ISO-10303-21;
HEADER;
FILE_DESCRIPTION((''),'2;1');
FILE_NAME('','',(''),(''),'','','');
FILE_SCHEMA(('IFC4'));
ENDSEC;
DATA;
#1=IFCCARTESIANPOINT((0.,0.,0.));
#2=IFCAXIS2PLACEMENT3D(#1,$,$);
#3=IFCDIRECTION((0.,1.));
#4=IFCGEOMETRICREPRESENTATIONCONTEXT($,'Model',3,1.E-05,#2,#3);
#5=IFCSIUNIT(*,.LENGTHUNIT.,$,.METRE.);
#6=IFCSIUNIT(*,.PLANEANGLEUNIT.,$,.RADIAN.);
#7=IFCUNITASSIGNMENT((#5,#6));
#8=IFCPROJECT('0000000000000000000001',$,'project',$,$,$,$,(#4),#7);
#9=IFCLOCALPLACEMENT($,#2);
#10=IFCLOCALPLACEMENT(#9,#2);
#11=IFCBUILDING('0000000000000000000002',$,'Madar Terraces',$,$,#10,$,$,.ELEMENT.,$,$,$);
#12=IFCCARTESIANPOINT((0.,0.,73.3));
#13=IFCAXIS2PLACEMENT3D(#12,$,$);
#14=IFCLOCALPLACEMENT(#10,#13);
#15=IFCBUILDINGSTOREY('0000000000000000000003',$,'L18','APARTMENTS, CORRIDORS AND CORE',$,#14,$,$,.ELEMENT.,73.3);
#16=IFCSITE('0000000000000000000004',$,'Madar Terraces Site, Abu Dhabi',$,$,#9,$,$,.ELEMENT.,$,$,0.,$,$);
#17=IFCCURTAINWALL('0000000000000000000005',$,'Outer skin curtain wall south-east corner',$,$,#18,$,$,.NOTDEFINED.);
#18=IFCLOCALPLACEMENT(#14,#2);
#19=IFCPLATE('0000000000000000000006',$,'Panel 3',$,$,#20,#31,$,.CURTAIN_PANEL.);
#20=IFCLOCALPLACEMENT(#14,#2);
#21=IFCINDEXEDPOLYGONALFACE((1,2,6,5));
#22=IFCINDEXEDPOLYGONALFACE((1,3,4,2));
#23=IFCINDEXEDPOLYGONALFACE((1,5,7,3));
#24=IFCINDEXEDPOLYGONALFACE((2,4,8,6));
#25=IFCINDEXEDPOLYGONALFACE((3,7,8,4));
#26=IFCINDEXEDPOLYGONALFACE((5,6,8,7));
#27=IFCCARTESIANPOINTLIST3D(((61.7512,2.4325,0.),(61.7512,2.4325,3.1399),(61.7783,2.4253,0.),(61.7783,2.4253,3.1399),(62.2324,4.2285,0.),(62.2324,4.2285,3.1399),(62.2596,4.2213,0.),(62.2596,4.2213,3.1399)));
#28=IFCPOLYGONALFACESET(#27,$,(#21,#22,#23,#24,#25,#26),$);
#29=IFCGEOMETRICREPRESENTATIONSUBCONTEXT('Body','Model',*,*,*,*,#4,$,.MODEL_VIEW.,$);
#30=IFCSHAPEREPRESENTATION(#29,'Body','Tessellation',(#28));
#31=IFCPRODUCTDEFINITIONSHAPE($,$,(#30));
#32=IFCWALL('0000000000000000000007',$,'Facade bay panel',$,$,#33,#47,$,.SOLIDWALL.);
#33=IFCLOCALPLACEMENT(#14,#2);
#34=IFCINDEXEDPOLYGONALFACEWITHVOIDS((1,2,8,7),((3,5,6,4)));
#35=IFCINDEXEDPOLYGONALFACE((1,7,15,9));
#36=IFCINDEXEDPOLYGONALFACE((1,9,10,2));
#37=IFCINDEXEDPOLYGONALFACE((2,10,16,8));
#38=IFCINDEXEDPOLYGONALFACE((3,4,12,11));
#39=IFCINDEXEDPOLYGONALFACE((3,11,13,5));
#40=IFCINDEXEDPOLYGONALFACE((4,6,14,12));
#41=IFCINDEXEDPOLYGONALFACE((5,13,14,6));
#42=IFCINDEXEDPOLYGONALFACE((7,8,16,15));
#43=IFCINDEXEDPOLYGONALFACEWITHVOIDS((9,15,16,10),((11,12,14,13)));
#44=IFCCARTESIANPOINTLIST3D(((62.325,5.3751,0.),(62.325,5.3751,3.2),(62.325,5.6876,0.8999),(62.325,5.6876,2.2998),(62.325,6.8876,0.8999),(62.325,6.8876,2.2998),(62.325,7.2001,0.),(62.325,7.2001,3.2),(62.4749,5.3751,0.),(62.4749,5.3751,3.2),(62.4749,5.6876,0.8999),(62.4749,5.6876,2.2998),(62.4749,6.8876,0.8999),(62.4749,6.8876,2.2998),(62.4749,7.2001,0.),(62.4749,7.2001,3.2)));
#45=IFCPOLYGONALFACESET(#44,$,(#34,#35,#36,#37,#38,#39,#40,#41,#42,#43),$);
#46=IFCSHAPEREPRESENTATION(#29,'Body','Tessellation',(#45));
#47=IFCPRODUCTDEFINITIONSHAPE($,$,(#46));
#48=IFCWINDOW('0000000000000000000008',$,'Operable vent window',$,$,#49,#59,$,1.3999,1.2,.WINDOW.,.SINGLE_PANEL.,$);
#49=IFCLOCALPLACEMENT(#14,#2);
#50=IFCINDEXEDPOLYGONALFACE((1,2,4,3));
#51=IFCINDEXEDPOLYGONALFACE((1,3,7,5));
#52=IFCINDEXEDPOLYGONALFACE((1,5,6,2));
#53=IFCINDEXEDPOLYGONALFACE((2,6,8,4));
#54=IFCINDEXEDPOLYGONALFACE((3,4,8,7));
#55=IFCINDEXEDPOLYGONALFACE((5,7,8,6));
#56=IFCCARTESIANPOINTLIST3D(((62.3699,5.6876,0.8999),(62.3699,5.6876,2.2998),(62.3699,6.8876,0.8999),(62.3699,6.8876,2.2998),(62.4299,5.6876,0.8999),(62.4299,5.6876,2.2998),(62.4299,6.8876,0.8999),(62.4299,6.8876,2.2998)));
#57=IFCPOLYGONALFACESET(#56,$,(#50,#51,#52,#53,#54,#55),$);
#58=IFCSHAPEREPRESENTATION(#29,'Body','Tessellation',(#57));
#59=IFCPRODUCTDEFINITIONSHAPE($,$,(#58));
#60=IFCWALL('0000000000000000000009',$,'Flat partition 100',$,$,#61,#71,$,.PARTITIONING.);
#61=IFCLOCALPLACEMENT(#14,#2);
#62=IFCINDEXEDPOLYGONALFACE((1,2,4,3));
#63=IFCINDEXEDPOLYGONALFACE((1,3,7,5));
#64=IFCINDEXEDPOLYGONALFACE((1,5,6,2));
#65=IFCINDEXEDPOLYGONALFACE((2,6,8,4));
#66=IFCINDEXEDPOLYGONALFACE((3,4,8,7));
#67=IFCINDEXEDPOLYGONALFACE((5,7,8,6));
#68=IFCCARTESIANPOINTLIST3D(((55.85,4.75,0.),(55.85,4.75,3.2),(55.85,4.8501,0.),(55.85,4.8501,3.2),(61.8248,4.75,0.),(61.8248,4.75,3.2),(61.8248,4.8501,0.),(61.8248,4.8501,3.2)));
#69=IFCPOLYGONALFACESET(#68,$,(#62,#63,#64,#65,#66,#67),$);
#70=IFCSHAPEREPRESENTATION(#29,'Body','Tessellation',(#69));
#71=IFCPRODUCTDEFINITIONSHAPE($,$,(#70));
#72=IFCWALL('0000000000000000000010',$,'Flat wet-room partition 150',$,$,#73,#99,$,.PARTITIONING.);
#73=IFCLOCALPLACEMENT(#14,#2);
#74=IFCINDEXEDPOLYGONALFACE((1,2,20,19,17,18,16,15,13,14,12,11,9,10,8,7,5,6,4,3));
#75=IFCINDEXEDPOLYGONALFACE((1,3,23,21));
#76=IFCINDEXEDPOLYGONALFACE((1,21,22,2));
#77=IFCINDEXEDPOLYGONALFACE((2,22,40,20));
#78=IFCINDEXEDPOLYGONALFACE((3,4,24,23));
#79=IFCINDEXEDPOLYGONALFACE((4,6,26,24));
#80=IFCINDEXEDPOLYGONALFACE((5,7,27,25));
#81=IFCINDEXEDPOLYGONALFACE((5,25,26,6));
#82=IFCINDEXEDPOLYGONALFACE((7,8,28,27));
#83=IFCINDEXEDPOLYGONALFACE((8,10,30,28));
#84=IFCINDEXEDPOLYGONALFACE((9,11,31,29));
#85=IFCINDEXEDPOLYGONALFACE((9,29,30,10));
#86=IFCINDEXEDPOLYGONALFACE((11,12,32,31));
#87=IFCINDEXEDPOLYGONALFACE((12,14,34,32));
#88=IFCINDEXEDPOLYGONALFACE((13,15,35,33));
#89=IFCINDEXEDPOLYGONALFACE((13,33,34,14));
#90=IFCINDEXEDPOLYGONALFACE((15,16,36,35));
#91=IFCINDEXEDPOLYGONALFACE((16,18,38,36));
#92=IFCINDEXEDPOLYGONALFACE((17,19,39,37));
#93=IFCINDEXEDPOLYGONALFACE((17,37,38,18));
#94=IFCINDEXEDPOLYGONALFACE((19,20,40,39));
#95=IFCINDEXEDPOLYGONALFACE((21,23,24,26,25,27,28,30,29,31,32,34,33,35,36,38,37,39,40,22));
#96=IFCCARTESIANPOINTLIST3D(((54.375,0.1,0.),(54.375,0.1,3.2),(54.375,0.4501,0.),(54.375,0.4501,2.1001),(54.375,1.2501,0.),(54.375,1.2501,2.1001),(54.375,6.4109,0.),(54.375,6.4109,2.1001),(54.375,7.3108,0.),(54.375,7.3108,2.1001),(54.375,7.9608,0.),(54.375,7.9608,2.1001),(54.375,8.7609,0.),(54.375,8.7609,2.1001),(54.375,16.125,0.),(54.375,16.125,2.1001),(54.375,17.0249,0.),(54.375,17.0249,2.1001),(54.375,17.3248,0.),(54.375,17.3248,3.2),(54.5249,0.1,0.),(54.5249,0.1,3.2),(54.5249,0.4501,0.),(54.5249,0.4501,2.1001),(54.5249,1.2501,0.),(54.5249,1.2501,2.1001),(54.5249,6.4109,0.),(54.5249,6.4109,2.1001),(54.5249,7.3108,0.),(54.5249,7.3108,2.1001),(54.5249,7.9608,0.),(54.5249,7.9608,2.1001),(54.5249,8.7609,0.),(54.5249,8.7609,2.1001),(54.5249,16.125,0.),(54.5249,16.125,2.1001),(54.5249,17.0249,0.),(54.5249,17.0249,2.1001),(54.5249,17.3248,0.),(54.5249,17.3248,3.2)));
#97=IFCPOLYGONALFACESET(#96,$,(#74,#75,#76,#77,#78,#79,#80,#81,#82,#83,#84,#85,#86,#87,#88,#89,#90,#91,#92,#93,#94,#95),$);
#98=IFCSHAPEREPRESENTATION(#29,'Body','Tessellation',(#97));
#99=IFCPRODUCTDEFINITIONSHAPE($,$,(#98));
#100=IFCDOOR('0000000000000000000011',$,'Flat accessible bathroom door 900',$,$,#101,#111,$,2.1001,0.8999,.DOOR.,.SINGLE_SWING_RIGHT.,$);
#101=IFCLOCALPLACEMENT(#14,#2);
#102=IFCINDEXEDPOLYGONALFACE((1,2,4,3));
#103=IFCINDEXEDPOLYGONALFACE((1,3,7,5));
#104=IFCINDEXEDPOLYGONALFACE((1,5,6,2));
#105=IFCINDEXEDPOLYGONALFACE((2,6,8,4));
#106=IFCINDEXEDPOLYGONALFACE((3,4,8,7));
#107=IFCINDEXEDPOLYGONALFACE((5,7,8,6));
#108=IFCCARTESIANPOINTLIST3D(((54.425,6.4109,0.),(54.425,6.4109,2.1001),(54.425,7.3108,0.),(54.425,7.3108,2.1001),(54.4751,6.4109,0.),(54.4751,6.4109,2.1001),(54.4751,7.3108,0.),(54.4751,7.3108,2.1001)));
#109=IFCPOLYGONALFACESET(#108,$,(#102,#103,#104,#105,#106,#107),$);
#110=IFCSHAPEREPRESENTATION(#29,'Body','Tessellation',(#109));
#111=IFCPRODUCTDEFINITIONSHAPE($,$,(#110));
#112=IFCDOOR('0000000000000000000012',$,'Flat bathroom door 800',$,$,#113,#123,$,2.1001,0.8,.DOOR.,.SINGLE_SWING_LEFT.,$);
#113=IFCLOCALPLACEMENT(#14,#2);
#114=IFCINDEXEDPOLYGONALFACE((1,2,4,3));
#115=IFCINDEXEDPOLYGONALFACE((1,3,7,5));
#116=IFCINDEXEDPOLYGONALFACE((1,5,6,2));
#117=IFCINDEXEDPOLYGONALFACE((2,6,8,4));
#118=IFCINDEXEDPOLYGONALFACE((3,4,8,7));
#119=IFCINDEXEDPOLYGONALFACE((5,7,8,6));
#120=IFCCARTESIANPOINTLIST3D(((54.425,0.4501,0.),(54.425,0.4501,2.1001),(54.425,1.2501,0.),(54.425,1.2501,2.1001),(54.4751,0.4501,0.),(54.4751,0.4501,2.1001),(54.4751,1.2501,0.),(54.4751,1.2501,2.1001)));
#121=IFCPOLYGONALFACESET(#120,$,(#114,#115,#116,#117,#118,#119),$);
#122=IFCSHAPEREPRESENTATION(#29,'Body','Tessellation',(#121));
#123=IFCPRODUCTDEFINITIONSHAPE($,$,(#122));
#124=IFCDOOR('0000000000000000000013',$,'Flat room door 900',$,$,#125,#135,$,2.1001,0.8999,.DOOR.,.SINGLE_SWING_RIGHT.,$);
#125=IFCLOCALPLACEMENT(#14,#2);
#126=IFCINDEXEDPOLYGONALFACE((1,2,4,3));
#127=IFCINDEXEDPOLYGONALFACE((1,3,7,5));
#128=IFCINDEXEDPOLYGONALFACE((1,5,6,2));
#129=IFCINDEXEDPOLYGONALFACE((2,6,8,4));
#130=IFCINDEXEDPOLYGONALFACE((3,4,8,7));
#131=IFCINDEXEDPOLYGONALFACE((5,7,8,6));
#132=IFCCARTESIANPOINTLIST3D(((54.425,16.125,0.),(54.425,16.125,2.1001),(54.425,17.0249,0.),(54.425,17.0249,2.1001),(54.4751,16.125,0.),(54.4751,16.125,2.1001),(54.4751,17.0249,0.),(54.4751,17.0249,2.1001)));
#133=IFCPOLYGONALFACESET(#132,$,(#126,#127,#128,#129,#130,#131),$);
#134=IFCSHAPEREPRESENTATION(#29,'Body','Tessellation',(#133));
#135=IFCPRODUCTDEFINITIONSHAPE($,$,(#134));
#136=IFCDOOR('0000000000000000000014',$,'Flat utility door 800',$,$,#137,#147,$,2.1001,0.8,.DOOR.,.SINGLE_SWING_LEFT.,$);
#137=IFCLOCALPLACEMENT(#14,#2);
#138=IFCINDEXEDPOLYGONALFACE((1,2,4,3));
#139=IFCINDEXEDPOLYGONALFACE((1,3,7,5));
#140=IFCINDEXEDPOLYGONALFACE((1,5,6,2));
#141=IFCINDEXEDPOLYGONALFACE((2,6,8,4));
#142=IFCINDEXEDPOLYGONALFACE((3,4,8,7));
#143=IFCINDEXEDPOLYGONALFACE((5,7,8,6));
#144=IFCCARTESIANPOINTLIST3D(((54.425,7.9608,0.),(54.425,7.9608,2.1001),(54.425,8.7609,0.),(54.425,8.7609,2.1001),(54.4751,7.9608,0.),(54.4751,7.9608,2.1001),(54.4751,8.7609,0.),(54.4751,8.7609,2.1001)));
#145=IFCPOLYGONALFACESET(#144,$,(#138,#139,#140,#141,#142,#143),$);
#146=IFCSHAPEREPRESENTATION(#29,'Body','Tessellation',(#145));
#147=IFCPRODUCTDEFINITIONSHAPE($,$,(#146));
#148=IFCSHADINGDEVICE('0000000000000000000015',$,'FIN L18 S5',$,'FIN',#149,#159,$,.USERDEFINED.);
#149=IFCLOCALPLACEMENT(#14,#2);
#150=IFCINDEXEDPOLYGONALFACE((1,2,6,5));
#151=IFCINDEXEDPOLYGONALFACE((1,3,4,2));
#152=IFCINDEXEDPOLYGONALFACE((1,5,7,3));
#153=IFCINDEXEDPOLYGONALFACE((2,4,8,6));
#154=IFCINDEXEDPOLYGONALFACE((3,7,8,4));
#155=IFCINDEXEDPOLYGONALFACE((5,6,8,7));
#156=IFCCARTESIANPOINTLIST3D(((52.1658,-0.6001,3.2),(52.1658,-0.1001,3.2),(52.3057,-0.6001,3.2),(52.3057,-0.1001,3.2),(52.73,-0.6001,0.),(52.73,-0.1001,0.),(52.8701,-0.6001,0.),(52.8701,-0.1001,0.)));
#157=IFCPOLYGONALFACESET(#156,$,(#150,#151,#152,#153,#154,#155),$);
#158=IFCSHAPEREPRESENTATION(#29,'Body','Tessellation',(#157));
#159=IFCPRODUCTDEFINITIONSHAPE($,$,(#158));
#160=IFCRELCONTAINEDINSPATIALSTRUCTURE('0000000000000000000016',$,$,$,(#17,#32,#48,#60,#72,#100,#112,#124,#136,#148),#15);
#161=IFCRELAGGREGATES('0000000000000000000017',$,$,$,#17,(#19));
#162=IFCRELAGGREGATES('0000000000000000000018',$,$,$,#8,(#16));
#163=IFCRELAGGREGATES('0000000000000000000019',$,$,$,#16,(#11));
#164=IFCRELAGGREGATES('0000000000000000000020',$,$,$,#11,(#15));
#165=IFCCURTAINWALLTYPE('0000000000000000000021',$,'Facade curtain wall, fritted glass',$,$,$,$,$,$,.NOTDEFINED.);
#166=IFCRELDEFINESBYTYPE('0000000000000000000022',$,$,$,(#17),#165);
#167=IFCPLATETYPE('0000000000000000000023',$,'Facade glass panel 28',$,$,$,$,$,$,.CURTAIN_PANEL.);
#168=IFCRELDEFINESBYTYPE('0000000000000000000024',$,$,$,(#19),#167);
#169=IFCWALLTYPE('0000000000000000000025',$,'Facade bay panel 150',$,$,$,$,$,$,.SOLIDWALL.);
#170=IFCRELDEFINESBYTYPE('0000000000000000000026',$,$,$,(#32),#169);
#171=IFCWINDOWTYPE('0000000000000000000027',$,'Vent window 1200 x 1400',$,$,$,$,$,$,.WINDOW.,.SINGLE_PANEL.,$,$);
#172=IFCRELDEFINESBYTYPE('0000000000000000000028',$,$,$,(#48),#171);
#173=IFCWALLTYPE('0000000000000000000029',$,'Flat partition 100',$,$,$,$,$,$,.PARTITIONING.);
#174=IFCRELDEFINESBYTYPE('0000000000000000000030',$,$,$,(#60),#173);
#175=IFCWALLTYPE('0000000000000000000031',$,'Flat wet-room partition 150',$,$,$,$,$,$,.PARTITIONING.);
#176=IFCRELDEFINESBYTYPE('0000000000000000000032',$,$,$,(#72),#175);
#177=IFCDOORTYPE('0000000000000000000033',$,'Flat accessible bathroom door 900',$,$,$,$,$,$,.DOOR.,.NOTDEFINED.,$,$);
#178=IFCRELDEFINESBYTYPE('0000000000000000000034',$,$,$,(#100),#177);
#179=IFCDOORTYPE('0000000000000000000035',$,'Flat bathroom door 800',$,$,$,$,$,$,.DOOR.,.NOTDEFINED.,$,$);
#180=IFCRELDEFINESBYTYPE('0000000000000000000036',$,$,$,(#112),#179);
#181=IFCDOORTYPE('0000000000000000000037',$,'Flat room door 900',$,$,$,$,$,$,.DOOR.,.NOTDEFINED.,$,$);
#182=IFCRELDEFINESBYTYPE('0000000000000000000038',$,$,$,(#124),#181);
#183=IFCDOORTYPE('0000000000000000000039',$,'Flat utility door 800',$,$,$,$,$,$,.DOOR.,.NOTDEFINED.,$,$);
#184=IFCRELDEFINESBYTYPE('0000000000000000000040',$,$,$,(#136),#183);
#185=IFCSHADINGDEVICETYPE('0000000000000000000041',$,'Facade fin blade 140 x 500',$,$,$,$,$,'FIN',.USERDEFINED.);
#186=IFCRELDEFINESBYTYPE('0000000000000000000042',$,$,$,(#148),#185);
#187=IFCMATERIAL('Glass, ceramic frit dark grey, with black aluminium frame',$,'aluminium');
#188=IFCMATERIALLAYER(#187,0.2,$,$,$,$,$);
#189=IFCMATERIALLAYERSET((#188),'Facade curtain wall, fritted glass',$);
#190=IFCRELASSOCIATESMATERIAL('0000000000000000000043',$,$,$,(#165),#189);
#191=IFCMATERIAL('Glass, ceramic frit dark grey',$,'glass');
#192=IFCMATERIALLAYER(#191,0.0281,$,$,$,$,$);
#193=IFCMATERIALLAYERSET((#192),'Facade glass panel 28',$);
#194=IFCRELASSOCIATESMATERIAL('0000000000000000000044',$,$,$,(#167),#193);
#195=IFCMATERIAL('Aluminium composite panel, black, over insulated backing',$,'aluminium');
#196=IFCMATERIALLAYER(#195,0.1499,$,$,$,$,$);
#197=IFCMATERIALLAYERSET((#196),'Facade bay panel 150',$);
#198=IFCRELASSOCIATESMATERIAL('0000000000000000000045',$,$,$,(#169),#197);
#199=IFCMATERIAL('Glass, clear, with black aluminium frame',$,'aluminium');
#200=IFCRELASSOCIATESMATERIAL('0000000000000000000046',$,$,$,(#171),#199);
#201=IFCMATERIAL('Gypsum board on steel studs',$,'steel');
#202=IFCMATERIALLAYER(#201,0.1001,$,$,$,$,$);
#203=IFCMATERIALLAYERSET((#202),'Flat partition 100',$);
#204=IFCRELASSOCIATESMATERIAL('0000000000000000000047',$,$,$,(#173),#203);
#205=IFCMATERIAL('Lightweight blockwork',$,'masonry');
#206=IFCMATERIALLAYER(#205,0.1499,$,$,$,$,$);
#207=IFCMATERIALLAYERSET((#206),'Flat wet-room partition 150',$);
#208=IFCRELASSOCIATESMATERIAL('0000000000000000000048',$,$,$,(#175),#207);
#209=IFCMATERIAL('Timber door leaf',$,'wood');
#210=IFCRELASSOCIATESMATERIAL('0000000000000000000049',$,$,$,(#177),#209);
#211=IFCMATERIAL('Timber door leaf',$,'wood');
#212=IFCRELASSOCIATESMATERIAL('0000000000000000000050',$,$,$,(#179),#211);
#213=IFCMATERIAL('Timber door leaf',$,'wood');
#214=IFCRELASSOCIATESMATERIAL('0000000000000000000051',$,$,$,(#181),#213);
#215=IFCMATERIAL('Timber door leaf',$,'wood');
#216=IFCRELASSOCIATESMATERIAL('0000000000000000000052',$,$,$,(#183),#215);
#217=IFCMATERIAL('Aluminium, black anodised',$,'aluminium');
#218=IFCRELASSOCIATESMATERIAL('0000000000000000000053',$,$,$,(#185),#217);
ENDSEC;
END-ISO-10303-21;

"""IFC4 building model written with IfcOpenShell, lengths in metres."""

from ifc_helpers import new_model, si_unit, direction, frame, frame_2d, origin, origin_2d, place, context, subcontext, project, spatial, polyline, rectangle, outline, extrude, material, layer, layer_set, type_object, element, fill, aggregate, save


model = new_model("IFC4")

# Units and contexts
model_context = context("Model", 3, precision=1e-05, world=origin(), true_north=direction((0.0, 1.0)))
body_context = subcontext(model_context, "Body", "Model", "MODEL_VIEW")
ifc_project = project(units=[si_unit("LENGTHUNIT", "METRE"), si_unit("PLANEANGLEUNIT", "RADIAN")], contexts=[model_context])

# Site, building, storey
site_placement = place(None, origin())
site = spatial("IfcSite", under=ifc_project, at=site_placement, Name="Madar Terraces Site, Abu Dhabi", CompositionType="ELEMENT", RefElevation=0.0)
building_placement = place(site_placement, origin())
building = spatial("IfcBuilding", under=site, at=building_placement, Name="Madar Terraces", CompositionType="ELEMENT")
storey_placement = place(building_placement, frame((0.0, 0.0, 73.3)))
storey = spatial("IfcBuildingStorey", under=building, at=storey_placement, Name="L18", Description="APARTMENTS, CORRIDORS AND CORE", CompositionType="ELEMENT", Elevation=73.3)

# Shared definitions
ifc_material_1 = material(Name="Glass, ceramic frit dark grey, with black aluminium frame", Category="aluminium")
ifc_layer_1 = layer(ifc_material_1, 0.2)
ifc_layer_set_1 = layer_set([ifc_layer_1], Name="Facade curtain wall, fritted glass")
curtain_wall_type = type_object("IfcCurtainWallType", Name="Facade curtain wall, fritted glass", PredefinedType="NOTDEFINED", material=ifc_layer_set_1)

# Curtain wall
curtain_wall_1_placement = place(storey_placement, origin())
curtain_wall_1 = element("IfcCurtainWall", 1, at=curtain_wall_1_placement, inside=storey, type_object=curtain_wall_type, Name="Outer skin curtain wall south-east corner", PredefinedType="NOTDEFINED")

# Plate
ifc_material_2 = material(Name="Glass, ceramic frit dark grey", Category="glass")
ifc_layer_2 = layer(ifc_material_2, 0.0281)
ifc_layer_set_2 = layer_set([ifc_layer_2], Name="Facade glass panel 28")
plate_type = type_object("IfcPlateType", Name="Facade glass panel 28", PredefinedType="CURTAIN_PANEL", material=ifc_layer_set_2)
plate_1_placement = place(storey_placement, frame((62.0054, 3.3269, 0.0), z_axis=(0.0, 0.0, 1.0), x_axis=(0.258819, 0.965926, 0.0)))
plate_1 = element("IfcPlate", 2, at=plate_1_placement, type_object=plate_type, Name="Panel 3", PredefinedType="CURTAIN_PANEL", context=body_context, shape_type="SweptSolid", body=[
    extrude(rectangle(XDim=1.8594, YDim=0.0281, at=origin_2d()), origin(), (0.0, 0.0, 1.0), 3.1399),
])
aggregate(curtain_wall_1, [plate_1])

# Wall, opening, window
ifc_material_3 = material(Name="Aluminium composite panel, black, over insulated backing", Category="aluminium")
ifc_layer_3 = layer(ifc_material_3, 0.1499)
ifc_layer_set_3 = layer_set([ifc_layer_3], Name="Facade bay panel 150")
wall_type_1 = type_object("IfcWallType", Name="Facade bay panel 150", PredefinedType="SOLIDWALL", material=ifc_layer_set_3)
wall_1_placement = place(storey_placement, frame((62.3999, 5.375, 0.0), z_axis=(0.0, 0.0, 1.0), x_axis=(0.0, 1.0, 0.0)))
wall_1 = element("IfcWall", 3, at=wall_1_placement, inside=storey, type_object=wall_type_1, Name="Facade bay panel", PredefinedType="SOLIDWALL", context=body_context, shape_type="SweptSolid", body=[
    extrude(rectangle(XDim=1.825, YDim=0.1499, at=frame_2d((0.9126, 0.0))), origin(), (0.0, 0.0, 1.0), 3.2),
])
opening_1_placement = place(wall_1_placement, frame((0.3125, 0.0, 0.8999)))
opening_1 = element("IfcOpeningElement", 4, at=opening_1_placement, cuts=wall_1, PredefinedType="OPENING", context=body_context, shape_type="SweptSolid", body=[
    extrude(rectangle(XDim=1.2, YDim=1.3999, at=frame_2d((0.6001, 0.7))), frame((0.0, 0.085, 0.0), z_axis=(0.0, -1.0, 0.0), x_axis=(1.0, 0.0, 0.0)), (0.0, 0.0, 1.0), 0.1699),
])
ifc_material_4 = material(Name="Glass, clear, with black aluminium frame", Category="aluminium")
window_type = type_object("IfcWindowType", Name="Vent window 1200 x 1400", PartitioningType="SINGLE_PANEL", PredefinedType="WINDOW", material=ifc_material_4)
window_placement = place(opening_1_placement, origin())
window = element("IfcWindow", 5, at=window_placement, inside=storey, type_object=window_type, Name="Operable vent window", OverallHeight=1.3999, OverallWidth=1.2, PartitioningType="SINGLE_PANEL", PredefinedType="WINDOW", context=body_context, shape_type="SweptSolid", body=[
    extrude(rectangle(XDim=1.2, YDim=1.3999, at=frame_2d((0.6001, 0.7))), frame((0.0, 0.03, 0.0), z_axis=(0.0, -1.0, 0.0), x_axis=(1.0, 0.0, 0.0)), (0.0, 0.0, 1.0), 0.0601),
])
fill(opening_1, window)

# Wall
ifc_material_5 = material(Name="Gypsum board on steel studs", Category="steel")
ifc_layer_4 = layer(ifc_material_5, 0.1001)
ifc_layer_set_4 = layer_set([ifc_layer_4], Name="Flat partition 100")
wall_type_2 = type_object("IfcWallType", Name="Flat partition 100", PredefinedType="PARTITIONING", material=ifc_layer_set_4)
wall_2_placement = place(storey_placement, frame((55.8501, 4.8, 0.0), z_axis=(0.0, 0.0, 1.0), x_axis=(1.0, 0.0, 0.0)))
element("IfcWall", 6, at=wall_2_placement, inside=storey, type_object=wall_type_2, Name="Flat partition 100", PredefinedType="PARTITIONING", context=body_context, shape_type="SweptSolid", body=[
    extrude(rectangle(XDim=5.9749, YDim=0.1001, at=frame_2d((2.9873, 0.0))), origin(), (0.0, 0.0, 1.0), 3.2),
])

# Wall, openings, doors
ifc_material_6 = material(Name="Lightweight blockwork", Category="masonry")
ifc_layer_5 = layer(ifc_material_6, 0.1499)
ifc_layer_set_5 = layer_set([ifc_layer_5], Name="Flat wet-room partition 150")
wall_type_3 = type_object("IfcWallType", Name="Flat wet-room partition 150", PredefinedType="PARTITIONING", material=ifc_layer_set_5)
wall_3_placement = place(storey_placement, frame((54.45, 0.1001, 0.0), z_axis=(0.0, 0.0, 1.0), x_axis=(0.0, 1.0, 0.0)))
wall_3 = element("IfcWall", 7, at=wall_3_placement, inside=storey, type_object=wall_type_3, Name="Flat wet-room partition 150", PredefinedType="PARTITIONING", context=body_context, shape_type="SweptSolid", body=[
    extrude(rectangle(XDim=17.2249, YDim=0.1499, at=frame_2d((8.6123, 0.0))), origin(), (0.0, 0.0, 1.0), 3.2),
])
opening_2_placement = place(wall_3_placement, frame((16.0249, 0.0, 0.0)))
opening_2 = element("IfcOpeningElement", 8, at=opening_2_placement, cuts=wall_3, PredefinedType="OPENING", context=body_context, shape_type="SweptSolid", body=[
    extrude(rectangle(XDim=0.8999, YDim=2.1001, at=frame_2d((0.45, 1.05))), frame((0.0, 0.085, 0.0), z_axis=(0.0, -1.0, 0.0), x_axis=(1.0, 0.0, 0.0)), (0.0, 0.0, 1.0), 0.1699),
])
opening_3_placement = place(wall_3_placement, frame((7.8608, 0.0, 0.0)))
opening_3 = element("IfcOpeningElement", 9, at=opening_3_placement, cuts=wall_3, PredefinedType="OPENING", context=body_context, shape_type="SweptSolid", body=[
    extrude(rectangle(XDim=0.8, YDim=2.1001, at=frame_2d((0.3999, 1.05))), frame((0.0, 0.085, 0.0), z_axis=(0.0, -1.0, 0.0), x_axis=(1.0, 0.0, 0.0)), (0.0, 0.0, 1.0), 0.1699),
])
opening_4_placement = place(wall_3_placement, frame((6.3108, 0.0, 0.0)))
opening_4 = element("IfcOpeningElement", 10, at=opening_4_placement, cuts=wall_3, PredefinedType="OPENING", context=body_context, shape_type="SweptSolid", body=[
    extrude(rectangle(XDim=0.8999, YDim=2.1001, at=frame_2d((0.45, 1.05))), frame((0.0, 0.085, 0.0), z_axis=(0.0, -1.0, 0.0), x_axis=(1.0, 0.0, 0.0)), (0.0, 0.0, 1.0), 0.1699),
])
opening_5_placement = place(wall_3_placement, frame((0.3501, 0.0, 0.0)))
opening_5 = element("IfcOpeningElement", 11, at=opening_5_placement, cuts=wall_3, PredefinedType="OPENING", context=body_context, shape_type="SweptSolid", body=[
    extrude(rectangle(XDim=0.8, YDim=2.1001, at=frame_2d((0.3999, 1.05))), frame((0.0, 0.085, 0.0), z_axis=(0.0, -1.0, 0.0), x_axis=(1.0, 0.0, 0.0)), (0.0, 0.0, 1.0), 0.1699),
])
ifc_material_7 = material(Name="Timber door leaf", Category="wood")
door_type_1 = type_object("IfcDoorType", Name="Flat accessible bathroom door 900", OperationType="NOTDEFINED", PredefinedType="DOOR", material=ifc_material_7)
door_1_placement = place(opening_4_placement, origin())
door_1 = element("IfcDoor", 12, at=door_1_placement, inside=storey, type_object=door_type_1, Name="Flat accessible bathroom door 900", OperationType="SINGLE_SWING_RIGHT", OverallHeight=2.1001, OverallWidth=0.8999, PredefinedType="DOOR", context=body_context, shape_type="SweptSolid", body=[
    extrude(rectangle(XDim=0.8999, YDim=2.1001, at=frame_2d((0.45, 1.05))), frame((0.0, 0.0249, 0.0), z_axis=(0.0, -1.0, 0.0), x_axis=(1.0, 0.0, 0.0)), (0.0, 0.0, 1.0), 0.05),
])
fill(opening_4, door_1)
ifc_material_8 = material(Name="Timber door leaf", Category="wood")
door_type_2 = type_object("IfcDoorType", Name="Flat bathroom door 800", OperationType="NOTDEFINED", PredefinedType="DOOR", material=ifc_material_8)
door_2_placement = place(opening_5_placement, origin())
door_2 = element("IfcDoor", 13, at=door_2_placement, inside=storey, type_object=door_type_2, Name="Flat bathroom door 800", OperationType="SINGLE_SWING_LEFT", OverallHeight=2.1001, OverallWidth=0.8, PredefinedType="DOOR", context=body_context, shape_type="SweptSolid", body=[
    extrude(rectangle(XDim=0.8, YDim=2.1001, at=frame_2d((0.3999, 1.05))), frame((0.0, 0.0249, 0.0), z_axis=(0.0, -1.0, 0.0), x_axis=(1.0, 0.0, 0.0)), (0.0, 0.0, 1.0), 0.05),
])
fill(opening_5, door_2)
ifc_material_9 = material(Name="Timber door leaf", Category="wood")
door_type_3 = type_object("IfcDoorType", Name="Flat room door 900", OperationType="NOTDEFINED", PredefinedType="DOOR", material=ifc_material_9)
door_3_placement = place(opening_2_placement, origin())
door_3 = element("IfcDoor", 14, at=door_3_placement, inside=storey, type_object=door_type_3, Name="Flat room door 900", OperationType="SINGLE_SWING_RIGHT", OverallHeight=2.1001, OverallWidth=0.8999, PredefinedType="DOOR", context=body_context, shape_type="SweptSolid", body=[
    extrude(rectangle(XDim=0.8999, YDim=2.1001, at=frame_2d((0.45, 1.05))), frame((0.0, 0.0249, 0.0), z_axis=(0.0, -1.0, 0.0), x_axis=(1.0, 0.0, 0.0)), (0.0, 0.0, 1.0), 0.05),
])
fill(opening_2, door_3)
ifc_material_10 = material(Name="Timber door leaf", Category="wood")
door_type_4 = type_object("IfcDoorType", Name="Flat utility door 800", OperationType="NOTDEFINED", PredefinedType="DOOR", material=ifc_material_10)
door_4_placement = place(opening_3_placement, origin())
door_4 = element("IfcDoor", 15, at=door_4_placement, inside=storey, type_object=door_type_4, Name="Flat utility door 800", OperationType="SINGLE_SWING_LEFT", OverallHeight=2.1001, OverallWidth=0.8, PredefinedType="DOOR", context=body_context, shape_type="SweptSolid", body=[
    extrude(rectangle(XDim=0.8, YDim=2.1001, at=frame_2d((0.3999, 1.05))), frame((0.0, 0.0249, 0.0), z_axis=(0.0, -1.0, 0.0), x_axis=(1.0, 0.0, 0.0)), (0.0, 0.0, 1.0), 0.05),
])
fill(opening_3, door_4)

# Shading device
ifc_material_11 = material(Name="Aluminium, black anodised", Category="aluminium")
shading_device_type = type_object("IfcShadingDeviceType", Name="Facade fin blade 140 x 500", ElementType="FIN", PredefinedType="USERDEFINED", material=ifc_material_11)
shading_device_1_placement = place(storey_placement, frame((52.73, -0.3501, 0.0), z_axis=(0.0, 0.0, 1.0), x_axis=(1.0, 0.0, 0.0)))
element("IfcShadingDevice", 16, at=shading_device_1_placement, inside=storey, type_object=shading_device_type, Name="FIN L18 S5", ObjectType="FIN", PredefinedType="USERDEFINED", context=body_context, shape_type="SweptSolid", body=[
    extrude(outline(polyline([(0.0, 0.0), (0.1401, 0.0), (-0.4243, 3.2), (-0.5642, 3.2), (0.0, 0.0)])), frame((0.0, 0.25, 0.0), z_axis=(0.0, -1.0, 0.0), x_axis=(1.0, 0.0, 0.0)), (0.0, 0.0, 1.0), 0.5),
])

save(model, "model.ifc")
